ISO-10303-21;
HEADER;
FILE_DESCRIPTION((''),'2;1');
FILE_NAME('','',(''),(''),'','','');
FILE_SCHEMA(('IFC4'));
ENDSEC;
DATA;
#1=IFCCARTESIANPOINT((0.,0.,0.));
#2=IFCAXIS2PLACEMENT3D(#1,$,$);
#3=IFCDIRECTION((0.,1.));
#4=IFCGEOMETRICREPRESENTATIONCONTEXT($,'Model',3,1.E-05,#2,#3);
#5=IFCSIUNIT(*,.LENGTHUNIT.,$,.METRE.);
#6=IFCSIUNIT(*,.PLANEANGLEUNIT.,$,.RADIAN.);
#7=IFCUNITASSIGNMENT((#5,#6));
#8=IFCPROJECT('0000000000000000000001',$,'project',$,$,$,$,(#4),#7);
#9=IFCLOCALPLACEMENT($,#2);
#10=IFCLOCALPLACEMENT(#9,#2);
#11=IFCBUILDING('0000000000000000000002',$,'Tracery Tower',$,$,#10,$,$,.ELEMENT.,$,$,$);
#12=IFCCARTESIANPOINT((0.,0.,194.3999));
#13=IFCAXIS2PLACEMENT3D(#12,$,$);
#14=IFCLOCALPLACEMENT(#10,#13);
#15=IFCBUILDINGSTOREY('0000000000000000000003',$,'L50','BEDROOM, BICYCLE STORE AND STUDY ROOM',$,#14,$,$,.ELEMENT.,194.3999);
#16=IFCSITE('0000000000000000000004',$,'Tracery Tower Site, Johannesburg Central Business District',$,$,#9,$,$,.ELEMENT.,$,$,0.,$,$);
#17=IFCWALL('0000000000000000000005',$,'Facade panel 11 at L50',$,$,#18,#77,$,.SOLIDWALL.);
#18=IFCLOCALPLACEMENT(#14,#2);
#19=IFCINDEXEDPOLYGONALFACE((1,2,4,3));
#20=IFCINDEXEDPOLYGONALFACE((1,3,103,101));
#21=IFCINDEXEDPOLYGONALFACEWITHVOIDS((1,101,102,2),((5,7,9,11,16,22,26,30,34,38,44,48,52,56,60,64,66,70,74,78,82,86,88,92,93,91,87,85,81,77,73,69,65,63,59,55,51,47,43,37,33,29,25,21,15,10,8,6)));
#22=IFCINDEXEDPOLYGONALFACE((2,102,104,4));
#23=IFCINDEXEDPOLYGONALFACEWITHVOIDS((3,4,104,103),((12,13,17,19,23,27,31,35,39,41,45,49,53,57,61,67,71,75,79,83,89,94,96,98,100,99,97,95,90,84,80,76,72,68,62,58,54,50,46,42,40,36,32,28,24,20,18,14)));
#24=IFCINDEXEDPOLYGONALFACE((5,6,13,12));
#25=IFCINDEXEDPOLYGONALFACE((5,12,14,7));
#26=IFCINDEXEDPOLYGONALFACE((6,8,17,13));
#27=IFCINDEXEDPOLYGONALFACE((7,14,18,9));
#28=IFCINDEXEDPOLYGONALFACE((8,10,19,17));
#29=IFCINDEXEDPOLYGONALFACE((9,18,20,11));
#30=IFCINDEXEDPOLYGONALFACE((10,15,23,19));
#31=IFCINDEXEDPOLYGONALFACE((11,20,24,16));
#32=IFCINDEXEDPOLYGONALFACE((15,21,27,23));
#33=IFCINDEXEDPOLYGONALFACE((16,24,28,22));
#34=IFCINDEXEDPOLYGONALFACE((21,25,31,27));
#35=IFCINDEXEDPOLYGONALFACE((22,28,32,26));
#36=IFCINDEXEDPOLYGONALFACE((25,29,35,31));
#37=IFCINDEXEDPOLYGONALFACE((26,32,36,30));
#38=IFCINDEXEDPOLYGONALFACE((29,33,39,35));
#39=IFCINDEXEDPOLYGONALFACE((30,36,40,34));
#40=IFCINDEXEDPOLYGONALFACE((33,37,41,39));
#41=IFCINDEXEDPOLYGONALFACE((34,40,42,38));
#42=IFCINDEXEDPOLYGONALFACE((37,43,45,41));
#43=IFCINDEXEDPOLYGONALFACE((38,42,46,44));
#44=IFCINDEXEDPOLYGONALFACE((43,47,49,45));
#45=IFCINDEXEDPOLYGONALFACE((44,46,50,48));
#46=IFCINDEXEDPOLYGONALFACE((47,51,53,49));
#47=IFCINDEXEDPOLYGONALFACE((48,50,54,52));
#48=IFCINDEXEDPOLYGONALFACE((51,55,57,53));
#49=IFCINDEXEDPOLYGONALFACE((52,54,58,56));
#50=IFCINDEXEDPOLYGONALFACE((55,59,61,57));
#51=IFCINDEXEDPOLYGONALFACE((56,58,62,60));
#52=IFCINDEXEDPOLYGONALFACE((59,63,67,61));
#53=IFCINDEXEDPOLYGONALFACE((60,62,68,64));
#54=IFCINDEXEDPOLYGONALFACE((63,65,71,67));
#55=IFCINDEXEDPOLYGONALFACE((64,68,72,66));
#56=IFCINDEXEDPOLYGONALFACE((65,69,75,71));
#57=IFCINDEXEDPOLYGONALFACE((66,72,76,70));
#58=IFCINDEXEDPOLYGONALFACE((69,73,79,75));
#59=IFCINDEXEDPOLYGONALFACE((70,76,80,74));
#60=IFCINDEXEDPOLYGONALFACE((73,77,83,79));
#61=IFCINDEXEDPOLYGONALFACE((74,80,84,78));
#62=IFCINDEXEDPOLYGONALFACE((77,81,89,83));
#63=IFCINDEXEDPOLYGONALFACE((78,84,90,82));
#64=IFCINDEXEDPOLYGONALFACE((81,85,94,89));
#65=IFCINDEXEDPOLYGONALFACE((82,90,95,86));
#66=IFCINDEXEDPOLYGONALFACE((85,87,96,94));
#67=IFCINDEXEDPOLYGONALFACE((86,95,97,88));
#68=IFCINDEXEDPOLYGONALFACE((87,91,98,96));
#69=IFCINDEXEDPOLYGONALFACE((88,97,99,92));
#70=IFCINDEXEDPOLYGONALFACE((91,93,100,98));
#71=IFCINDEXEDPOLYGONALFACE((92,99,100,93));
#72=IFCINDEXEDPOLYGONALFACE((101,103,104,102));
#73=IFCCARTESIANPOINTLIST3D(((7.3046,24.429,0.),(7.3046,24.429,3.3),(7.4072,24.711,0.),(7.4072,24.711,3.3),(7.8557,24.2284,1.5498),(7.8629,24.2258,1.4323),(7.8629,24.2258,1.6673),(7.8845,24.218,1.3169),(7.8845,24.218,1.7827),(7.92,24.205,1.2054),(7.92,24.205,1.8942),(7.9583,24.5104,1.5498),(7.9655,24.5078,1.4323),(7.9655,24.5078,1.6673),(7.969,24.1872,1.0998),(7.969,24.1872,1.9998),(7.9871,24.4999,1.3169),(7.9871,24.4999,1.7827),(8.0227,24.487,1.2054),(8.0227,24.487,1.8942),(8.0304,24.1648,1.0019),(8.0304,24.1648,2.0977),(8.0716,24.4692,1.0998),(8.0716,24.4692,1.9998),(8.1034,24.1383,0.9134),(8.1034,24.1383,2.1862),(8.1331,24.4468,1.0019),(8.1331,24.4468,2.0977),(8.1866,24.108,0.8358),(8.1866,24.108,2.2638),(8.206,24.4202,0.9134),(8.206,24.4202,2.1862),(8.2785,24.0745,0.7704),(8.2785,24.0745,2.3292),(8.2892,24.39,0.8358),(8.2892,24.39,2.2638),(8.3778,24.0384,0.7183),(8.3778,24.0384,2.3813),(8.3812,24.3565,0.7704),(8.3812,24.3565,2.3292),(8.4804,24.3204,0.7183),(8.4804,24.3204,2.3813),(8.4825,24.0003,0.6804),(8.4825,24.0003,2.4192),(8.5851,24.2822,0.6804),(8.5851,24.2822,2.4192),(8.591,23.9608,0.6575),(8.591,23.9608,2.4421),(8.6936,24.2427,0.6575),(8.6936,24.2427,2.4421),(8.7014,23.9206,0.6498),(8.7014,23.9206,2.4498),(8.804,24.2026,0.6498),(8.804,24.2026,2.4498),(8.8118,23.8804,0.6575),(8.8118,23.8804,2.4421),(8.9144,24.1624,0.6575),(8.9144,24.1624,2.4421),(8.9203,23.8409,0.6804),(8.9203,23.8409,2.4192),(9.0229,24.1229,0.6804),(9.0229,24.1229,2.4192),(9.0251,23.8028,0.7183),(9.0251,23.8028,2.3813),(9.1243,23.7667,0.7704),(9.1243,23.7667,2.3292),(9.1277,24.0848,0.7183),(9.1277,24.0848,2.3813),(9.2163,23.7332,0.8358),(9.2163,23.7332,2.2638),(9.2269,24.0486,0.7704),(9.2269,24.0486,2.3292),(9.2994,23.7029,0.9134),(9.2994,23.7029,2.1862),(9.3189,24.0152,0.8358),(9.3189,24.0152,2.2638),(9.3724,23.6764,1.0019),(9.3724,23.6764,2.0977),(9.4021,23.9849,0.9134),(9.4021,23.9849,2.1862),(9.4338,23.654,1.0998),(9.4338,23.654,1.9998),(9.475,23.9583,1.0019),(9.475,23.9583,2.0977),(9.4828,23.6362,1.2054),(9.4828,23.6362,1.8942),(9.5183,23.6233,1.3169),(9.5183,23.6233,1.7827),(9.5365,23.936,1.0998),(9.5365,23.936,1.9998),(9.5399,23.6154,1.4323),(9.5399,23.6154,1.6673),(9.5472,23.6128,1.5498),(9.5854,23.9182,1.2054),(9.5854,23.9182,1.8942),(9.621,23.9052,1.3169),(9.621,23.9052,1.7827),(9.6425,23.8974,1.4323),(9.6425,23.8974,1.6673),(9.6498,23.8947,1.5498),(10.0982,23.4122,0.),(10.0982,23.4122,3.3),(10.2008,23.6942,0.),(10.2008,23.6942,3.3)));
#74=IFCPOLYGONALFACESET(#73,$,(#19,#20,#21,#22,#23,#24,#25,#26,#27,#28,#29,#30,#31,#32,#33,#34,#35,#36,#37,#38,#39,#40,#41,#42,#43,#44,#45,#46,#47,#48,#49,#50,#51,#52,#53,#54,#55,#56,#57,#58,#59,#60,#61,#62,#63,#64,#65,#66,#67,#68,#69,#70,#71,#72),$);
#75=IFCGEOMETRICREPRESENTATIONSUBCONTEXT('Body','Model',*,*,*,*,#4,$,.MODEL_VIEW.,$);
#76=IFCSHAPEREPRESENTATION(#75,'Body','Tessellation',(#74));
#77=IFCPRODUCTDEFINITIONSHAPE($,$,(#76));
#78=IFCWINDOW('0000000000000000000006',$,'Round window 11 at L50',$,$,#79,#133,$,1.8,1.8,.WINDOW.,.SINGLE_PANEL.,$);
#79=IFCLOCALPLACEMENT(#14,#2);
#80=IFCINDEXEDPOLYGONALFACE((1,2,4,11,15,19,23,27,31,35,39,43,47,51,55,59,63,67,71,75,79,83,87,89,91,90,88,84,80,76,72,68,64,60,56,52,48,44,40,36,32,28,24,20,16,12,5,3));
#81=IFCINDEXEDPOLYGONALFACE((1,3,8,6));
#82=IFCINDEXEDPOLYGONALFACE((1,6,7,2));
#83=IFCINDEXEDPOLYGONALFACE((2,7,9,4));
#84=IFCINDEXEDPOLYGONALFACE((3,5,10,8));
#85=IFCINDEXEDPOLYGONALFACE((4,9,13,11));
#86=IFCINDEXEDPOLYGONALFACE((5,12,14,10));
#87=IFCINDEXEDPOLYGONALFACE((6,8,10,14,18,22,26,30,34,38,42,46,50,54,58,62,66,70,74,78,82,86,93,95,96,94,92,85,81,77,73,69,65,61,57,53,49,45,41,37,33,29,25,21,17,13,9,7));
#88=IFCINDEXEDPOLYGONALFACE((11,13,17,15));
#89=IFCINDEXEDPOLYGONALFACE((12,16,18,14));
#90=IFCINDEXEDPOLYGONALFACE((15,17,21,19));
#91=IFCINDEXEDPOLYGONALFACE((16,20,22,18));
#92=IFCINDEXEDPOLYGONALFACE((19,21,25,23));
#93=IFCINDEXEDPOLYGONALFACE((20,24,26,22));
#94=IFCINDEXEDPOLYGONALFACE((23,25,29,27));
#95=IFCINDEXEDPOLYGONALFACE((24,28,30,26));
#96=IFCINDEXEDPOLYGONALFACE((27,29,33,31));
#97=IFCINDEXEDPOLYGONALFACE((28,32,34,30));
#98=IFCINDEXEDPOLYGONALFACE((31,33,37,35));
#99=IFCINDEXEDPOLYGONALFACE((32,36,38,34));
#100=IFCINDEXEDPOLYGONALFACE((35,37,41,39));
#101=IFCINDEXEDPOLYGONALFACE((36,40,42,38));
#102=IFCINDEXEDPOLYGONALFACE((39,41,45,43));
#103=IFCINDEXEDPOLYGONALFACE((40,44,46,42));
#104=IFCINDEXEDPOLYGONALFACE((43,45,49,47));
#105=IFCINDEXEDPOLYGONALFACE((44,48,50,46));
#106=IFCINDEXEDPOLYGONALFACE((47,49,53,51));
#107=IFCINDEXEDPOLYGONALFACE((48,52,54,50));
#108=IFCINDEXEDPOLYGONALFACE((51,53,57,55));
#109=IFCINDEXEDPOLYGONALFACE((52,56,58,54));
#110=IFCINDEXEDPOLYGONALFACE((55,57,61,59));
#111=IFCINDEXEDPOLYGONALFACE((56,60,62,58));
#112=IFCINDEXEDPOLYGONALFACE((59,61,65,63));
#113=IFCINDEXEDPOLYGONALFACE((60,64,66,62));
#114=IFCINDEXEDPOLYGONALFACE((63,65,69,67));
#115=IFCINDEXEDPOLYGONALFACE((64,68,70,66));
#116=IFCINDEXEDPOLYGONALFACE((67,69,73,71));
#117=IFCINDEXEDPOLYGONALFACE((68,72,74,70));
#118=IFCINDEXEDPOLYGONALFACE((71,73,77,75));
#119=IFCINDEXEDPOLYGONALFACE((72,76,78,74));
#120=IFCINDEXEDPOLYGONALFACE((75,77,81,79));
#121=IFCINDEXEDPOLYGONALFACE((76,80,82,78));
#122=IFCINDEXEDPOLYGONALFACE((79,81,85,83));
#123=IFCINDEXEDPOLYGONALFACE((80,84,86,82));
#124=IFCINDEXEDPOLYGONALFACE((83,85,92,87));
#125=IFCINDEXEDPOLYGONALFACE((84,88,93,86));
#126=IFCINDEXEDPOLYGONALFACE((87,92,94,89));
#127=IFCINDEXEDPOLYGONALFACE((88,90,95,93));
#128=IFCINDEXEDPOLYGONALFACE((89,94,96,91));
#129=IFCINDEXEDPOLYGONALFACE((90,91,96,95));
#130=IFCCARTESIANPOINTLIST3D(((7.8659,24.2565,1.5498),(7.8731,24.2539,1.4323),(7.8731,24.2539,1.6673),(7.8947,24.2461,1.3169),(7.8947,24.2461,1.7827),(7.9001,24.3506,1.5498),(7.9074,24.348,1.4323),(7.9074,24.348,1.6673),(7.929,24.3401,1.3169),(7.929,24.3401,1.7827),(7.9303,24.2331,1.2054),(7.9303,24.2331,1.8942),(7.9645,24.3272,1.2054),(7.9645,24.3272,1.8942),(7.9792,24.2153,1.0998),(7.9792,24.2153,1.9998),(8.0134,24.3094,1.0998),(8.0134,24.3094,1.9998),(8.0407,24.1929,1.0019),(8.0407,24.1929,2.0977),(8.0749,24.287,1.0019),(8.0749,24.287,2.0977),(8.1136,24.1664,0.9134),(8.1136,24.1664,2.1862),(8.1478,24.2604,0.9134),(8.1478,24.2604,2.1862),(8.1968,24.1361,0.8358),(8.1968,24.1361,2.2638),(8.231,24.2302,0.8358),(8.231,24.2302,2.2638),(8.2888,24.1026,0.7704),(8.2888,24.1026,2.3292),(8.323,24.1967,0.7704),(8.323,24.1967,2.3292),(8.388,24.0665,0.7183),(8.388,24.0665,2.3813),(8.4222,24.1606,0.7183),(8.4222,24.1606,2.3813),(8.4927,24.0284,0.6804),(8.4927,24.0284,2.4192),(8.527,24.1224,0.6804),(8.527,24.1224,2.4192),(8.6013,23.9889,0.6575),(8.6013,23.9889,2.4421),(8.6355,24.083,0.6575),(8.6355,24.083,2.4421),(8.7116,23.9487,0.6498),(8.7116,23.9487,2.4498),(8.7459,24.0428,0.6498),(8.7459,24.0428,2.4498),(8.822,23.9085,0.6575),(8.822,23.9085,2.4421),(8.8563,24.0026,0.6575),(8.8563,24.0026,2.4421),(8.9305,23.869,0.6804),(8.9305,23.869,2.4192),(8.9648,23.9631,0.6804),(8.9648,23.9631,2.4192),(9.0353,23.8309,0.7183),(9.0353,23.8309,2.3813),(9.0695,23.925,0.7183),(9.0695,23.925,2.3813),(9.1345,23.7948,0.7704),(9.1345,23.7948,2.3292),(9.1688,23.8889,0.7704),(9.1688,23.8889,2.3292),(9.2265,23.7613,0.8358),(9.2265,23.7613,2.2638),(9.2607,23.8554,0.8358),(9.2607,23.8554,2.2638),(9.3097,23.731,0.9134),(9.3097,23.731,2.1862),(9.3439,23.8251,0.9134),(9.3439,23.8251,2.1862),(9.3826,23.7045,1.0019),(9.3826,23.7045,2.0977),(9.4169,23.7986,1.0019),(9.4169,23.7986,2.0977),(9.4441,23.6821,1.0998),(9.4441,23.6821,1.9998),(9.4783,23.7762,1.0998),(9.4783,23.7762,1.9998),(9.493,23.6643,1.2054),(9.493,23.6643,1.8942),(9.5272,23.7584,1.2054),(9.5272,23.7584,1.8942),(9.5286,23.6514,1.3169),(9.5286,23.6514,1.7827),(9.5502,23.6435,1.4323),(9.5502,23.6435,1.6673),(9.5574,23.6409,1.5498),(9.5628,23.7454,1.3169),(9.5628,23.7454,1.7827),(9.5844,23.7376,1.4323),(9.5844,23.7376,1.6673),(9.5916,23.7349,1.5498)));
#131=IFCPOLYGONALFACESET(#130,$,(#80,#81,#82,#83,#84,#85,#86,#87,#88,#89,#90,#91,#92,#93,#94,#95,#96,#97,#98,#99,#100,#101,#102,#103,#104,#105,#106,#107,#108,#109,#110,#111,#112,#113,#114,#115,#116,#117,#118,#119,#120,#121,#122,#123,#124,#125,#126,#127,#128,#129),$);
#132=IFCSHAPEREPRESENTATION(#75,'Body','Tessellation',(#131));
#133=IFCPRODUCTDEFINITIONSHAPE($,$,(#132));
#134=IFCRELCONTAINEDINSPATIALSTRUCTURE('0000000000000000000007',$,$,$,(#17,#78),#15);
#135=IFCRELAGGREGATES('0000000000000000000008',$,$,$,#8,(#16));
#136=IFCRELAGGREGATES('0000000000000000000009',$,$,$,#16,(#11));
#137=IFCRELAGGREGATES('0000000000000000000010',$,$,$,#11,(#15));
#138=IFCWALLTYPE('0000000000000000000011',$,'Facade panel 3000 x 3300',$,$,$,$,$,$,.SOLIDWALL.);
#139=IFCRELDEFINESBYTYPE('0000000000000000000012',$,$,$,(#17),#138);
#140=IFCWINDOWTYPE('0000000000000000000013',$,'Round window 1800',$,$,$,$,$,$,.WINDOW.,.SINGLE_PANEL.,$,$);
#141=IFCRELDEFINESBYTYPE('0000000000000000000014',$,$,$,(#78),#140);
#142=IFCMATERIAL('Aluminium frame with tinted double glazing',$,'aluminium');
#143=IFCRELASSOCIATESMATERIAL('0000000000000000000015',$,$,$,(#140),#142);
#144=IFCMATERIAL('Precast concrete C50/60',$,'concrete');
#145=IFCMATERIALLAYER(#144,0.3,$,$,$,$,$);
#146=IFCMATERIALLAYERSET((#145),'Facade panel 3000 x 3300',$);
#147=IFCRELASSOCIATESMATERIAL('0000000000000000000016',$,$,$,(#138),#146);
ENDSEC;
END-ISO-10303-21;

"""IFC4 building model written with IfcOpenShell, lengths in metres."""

from ifc_helpers import new_model, si_unit, direction, frame, frame_2d, origin, origin_2d, place, context, subcontext, project, spatial, rectangle, circle, extrude, material, layer, layer_set, type_object, element, fill, save


model = new_model("IFC4")

# Units and contexts
model_context = context("Model", 3, precision=1e-05, world=origin(), true_north=direction((0.0, 1.0)))
body_context = subcontext(model_context, "Body", "Model", "MODEL_VIEW")
ifc_project = project(units=[si_unit("LENGTHUNIT", "METRE"), si_unit("PLANEANGLEUNIT", "RADIAN")], contexts=[model_context])

# Site, building, storey
site_placement = place(None, origin())
site = spatial("IfcSite", under=ifc_project, at=site_placement, Name="Tracery Tower Site, Johannesburg Central Business District", CompositionType="ELEMENT", RefElevation=0.0)
building_placement = place(site_placement, origin())
building = spatial("IfcBuilding", under=site, at=building_placement, Name="Tracery Tower", CompositionType="ELEMENT")
storey_placement = place(building_placement, frame((0.0, 0.0, 194.3999)))
storey = spatial("IfcBuildingStorey", under=building, at=storey_placement, Name="L50", Description="BEDROOM, BICYCLE STORE AND STUDY ROOM", CompositionType="ELEMENT", Elevation=194.3999)

# Wall, opening, window
ifc_material_1 = material(Name="Aluminium frame with tinted double glazing", Category="aluminium")
window_type = type_object("IfcWindowType", Name="Round window 1800", PartitioningType="SINGLE_PANEL", PredefinedType="WINDOW", material=ifc_material_1)
ifc_material_2 = material(Name="Precast concrete C50/60", Category="concrete")
ifc_layer_1 = layer(ifc_material_2, 0.3)
ifc_layer_set_1 = layer_set([ifc_layer_1], Name="Facade panel 3000 x 3300")
wall_type_1 = type_object("IfcWallType", Name="Facade panel 3000 x 3300", PredefinedType="SOLIDWALL", material=ifc_layer_set_1)
wall_1_placement = place(storey_placement, frame((10.1494, 23.5532, 0.0), z_axis=(0.0, 0.0, 1.0), x_axis=(-0.93969, 0.342027, 0.0)))
wall_1 = element("IfcWall", 1, at=wall_1_placement, inside=storey, type_object=wall_type_1, Name="Facade panel 11 at L50", PredefinedType="SOLIDWALL", context=body_context, shape_type="SweptSolid", body=[
    extrude(rectangle(XDim=2.9729, YDim=0.3, at=frame_2d((1.4863, 0.0))), origin(), (0.0, 0.0, 1.0), 3.3),
])
opening_1_placement = place(wall_1_placement, frame((1.4863, 0.0, 1.5498)))
opening_1 = element("IfcOpeningElement", 2, at=opening_1_placement, cuts=wall_1, PredefinedType="OPENING", context=body_context, shape_type="SweptSolid", body=[
    extrude(circle(Radius=0.9, at=origin_2d()), frame((0.0, 0.1599, 0.0), z_axis=(0.0, -1.0, 0.0), x_axis=(1.0, 0.0, 0.0)), (0.0, 0.0, 1.0), 0.3201),
])
window_1_placement = place(opening_1_placement, origin())
window_1 = element("IfcWindow", 3, at=window_1_placement, inside=storey, type_object=window_type, Name="Round window 11 at L50", OverallHeight=1.8, OverallWidth=1.8, PartitioningType="SINGLE_PANEL", PredefinedType="WINDOW", context=body_context, shape_type="SweptSolid", body=[
    extrude(circle(Radius=0.9, at=origin_2d()), frame((0.0, 0.1201, 0.0), z_axis=(0.0, -1.0, 0.0), x_axis=(1.0, 0.0, 0.0)), (0.0, 0.0, 1.0), 0.1001),
])
fill(opening_1, window_1)

save(model, "model.ifc")
